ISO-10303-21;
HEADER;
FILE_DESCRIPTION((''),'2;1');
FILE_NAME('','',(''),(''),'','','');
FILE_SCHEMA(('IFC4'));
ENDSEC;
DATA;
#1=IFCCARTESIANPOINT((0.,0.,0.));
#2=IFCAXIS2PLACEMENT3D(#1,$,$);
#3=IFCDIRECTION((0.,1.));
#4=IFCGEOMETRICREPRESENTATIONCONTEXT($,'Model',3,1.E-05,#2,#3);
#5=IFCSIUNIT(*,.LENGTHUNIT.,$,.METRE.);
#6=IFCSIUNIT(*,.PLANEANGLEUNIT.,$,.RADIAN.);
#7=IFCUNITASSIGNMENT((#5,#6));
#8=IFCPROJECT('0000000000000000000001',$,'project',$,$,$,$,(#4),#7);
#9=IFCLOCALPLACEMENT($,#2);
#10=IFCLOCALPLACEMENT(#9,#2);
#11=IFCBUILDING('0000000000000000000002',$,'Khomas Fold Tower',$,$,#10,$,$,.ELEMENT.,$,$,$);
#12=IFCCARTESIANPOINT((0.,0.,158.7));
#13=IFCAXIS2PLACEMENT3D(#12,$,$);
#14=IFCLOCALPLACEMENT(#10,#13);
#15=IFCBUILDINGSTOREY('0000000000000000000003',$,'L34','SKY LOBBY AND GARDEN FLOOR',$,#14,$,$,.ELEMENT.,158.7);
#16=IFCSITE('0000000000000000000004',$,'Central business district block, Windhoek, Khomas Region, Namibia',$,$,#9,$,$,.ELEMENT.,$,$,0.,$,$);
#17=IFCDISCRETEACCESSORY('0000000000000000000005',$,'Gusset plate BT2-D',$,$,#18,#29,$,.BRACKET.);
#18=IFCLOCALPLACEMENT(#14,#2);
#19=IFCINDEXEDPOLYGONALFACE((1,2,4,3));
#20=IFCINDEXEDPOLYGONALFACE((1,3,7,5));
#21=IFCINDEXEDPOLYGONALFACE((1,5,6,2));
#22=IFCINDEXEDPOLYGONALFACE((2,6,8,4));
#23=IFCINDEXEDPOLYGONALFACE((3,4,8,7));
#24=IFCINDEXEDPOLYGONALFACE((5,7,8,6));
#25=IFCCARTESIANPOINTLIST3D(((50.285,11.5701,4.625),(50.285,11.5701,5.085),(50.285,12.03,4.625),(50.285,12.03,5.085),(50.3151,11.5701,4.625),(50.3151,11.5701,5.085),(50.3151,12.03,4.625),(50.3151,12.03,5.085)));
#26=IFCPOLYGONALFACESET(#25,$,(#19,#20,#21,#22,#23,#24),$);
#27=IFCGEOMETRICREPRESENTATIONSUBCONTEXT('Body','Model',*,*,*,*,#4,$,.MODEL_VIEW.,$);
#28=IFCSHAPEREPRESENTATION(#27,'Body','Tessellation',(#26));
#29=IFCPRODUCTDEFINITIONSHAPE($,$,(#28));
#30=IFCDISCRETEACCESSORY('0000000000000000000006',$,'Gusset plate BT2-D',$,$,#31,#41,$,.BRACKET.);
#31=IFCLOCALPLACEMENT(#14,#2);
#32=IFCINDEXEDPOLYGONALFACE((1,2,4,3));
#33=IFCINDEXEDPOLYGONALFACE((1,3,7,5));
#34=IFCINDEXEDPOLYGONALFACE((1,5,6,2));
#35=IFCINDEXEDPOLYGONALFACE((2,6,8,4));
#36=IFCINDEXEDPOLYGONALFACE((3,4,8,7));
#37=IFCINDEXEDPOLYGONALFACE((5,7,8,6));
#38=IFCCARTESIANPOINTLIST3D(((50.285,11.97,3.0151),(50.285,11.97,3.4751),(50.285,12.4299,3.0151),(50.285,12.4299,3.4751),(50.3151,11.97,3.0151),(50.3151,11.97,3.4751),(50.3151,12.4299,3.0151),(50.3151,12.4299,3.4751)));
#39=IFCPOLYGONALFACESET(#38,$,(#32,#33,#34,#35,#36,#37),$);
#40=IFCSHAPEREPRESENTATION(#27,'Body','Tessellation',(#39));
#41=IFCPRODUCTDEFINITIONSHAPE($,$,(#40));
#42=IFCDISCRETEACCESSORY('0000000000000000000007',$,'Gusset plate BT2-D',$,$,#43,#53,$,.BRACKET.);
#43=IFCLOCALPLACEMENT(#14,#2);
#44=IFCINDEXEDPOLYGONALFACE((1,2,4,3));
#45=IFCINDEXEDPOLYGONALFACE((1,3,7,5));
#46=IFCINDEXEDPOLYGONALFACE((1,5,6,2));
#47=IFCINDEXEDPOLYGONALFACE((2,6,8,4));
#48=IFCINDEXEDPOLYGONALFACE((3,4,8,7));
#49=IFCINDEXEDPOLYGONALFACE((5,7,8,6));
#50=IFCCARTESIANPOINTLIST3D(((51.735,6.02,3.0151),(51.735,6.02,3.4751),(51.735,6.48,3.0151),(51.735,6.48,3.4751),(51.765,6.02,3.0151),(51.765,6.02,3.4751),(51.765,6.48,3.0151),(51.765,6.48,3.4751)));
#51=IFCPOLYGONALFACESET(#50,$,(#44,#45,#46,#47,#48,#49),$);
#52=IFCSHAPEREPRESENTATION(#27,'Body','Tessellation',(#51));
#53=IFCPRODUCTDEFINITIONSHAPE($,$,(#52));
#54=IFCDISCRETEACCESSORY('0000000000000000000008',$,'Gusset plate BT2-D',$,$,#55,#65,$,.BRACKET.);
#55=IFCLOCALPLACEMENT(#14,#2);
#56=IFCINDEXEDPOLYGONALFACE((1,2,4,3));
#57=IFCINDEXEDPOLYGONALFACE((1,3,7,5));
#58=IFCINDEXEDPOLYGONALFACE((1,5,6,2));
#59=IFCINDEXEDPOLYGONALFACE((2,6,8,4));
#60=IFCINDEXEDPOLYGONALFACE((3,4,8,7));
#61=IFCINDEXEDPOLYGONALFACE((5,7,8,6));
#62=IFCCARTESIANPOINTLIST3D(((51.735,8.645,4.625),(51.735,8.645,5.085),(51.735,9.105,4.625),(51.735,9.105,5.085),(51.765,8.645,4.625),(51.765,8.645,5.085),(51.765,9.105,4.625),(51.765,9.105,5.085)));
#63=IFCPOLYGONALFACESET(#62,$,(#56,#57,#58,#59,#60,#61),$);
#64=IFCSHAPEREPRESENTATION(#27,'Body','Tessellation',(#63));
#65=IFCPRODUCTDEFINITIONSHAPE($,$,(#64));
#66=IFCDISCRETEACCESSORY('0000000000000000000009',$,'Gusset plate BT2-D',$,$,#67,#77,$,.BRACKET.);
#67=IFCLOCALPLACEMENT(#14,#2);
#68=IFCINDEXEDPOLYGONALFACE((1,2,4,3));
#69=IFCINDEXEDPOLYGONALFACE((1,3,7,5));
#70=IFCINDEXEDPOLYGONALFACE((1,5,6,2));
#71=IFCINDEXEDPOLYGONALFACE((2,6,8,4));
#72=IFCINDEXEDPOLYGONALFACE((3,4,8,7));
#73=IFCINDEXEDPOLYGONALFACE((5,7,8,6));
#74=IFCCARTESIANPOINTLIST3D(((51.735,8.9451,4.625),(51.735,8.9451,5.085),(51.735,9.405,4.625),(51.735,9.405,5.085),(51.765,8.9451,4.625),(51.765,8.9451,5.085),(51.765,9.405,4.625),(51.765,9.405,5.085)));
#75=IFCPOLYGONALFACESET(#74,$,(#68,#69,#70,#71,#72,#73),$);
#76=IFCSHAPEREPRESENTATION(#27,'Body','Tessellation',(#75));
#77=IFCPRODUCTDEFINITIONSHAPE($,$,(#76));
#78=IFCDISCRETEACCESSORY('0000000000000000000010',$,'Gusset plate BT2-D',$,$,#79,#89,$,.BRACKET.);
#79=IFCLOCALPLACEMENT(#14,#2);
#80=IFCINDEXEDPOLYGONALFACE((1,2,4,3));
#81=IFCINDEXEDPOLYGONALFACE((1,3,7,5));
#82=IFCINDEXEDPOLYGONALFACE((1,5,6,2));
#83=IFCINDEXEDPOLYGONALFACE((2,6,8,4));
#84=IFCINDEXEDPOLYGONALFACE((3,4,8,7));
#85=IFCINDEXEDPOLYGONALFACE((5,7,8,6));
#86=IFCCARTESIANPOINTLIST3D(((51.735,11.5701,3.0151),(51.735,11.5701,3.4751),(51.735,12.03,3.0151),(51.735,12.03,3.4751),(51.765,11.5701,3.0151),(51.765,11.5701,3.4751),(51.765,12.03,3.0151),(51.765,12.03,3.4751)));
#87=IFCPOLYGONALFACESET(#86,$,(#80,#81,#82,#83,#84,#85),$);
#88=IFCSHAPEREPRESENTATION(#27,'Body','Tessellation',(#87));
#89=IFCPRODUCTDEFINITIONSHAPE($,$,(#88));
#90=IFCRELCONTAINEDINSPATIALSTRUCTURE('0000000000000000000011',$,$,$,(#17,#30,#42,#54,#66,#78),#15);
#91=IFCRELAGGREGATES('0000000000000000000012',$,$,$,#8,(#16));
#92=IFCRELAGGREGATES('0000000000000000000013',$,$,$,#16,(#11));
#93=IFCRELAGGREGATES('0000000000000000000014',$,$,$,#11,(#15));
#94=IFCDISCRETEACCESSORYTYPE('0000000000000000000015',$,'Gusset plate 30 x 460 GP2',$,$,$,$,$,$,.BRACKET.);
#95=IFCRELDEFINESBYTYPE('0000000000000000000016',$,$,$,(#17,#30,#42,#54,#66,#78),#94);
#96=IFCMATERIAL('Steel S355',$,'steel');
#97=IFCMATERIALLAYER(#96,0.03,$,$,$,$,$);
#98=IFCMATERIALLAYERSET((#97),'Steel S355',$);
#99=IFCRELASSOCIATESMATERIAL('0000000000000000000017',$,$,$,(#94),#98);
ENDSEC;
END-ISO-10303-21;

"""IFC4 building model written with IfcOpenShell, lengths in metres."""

from ifc_helpers import new_model, si_unit, direction, frame, origin, origin_2d, place, context, subcontext, project, spatial, rectangle, extrude, source, transform, mapped, material, layer, layer_set, type_object, element, save


model = new_model("IFC4")

# Units and contexts
model_context = context("Model", 3, precision=1e-05, world=origin(), true_north=direction((0.0, 1.0)))
body_context = subcontext(model_context, "Body", "Model", "MODEL_VIEW")
ifc_project = project(units=[si_unit("LENGTHUNIT", "METRE"), si_unit("PLANEANGLEUNIT", "RADIAN")], contexts=[model_context])

# Site, building, storey
site_placement = place(None, origin())
site = spatial("IfcSite", under=ifc_project, at=site_placement, Name="Central business district block, Windhoek, Khomas Region, Namibia", CompositionType="ELEMENT", RefElevation=0.0)
building_placement = place(site_placement, origin())
building = spatial("IfcBuilding", under=site, at=building_placement, Name="Khomas Fold Tower", CompositionType="ELEMENT")
storey_placement = place(building_placement, frame((0.0, 0.0, 158.7)))
storey = spatial("IfcBuildingStorey", under=building, at=storey_placement, Name="L34", Description="SKY LOBBY AND GARDEN FLOOR", CompositionType="ELEMENT", Elevation=158.7)

# Discrete accessories
ifc_material_1 = material(Name="Steel S355", Category="steel")
ifc_layer_1 = layer(ifc_material_1, 0.03)
ifc_layer_set_1 = layer_set([ifc_layer_1], Name="Steel S355")
discrete_accessory_type = type_object("IfcDiscreteAccessoryType", Name="Gusset plate 30 x 460 GP2", PredefinedType="BRACKET", material=ifc_layer_set_1)
shared_shape_1 = source(origin(), body_context, "Body", "SweptSolid", [
    extrude(rectangle(XDim=0.46, YDim=0.03, at=origin_2d()), origin(), (0.0, 0.0, 1.0), 0.46),
])
for number, where, z_axis, x_axis, name in (
    (1, (50.3, 11.8, 4.625), (0.0, 0.0, 1.0), (0.0, 1.0, 0.0), "Gusset plate BT2-D"),
    (2, (50.3, 12.2, 3.0151), (0.0, 0.0, 1.0), (0.0, 1.0, 0.0), "Gusset plate BT2-D"),
    (3, (51.75, 6.25, 3.0151), (0.0, 0.0, 1.0), (0.0, 1.0, 0.0), "Gusset plate BT2-D"),
    (4, (51.75, 8.875, 4.625), (0.0, 0.0, 1.0), (0.0, 1.0, 0.0), "Gusset plate BT2-D"),
    (5, (51.75, 9.175, 4.625), (0.0, 0.0, 1.0), (0.0, 1.0, 0.0), "Gusset plate BT2-D"),
    (6, (51.75, 11.8, 3.0151), (0.0, 0.0, 1.0), (0.0, 1.0, 0.0), "Gusset plate BT2-D"),
):
    element("IfcDiscreteAccessory", number, at=place(storey_placement, frame(where, z_axis=z_axis, x_axis=x_axis)), inside=storey, type_object=discrete_accessory_type, Name=name, PredefinedType="BRACKET", context=body_context, shape_type="MappedRepresentation", body=[
        mapped(shared_shape_1, transform((0.0, 0.0, 0.0))),
    ])

save(model, "model.ifc")
